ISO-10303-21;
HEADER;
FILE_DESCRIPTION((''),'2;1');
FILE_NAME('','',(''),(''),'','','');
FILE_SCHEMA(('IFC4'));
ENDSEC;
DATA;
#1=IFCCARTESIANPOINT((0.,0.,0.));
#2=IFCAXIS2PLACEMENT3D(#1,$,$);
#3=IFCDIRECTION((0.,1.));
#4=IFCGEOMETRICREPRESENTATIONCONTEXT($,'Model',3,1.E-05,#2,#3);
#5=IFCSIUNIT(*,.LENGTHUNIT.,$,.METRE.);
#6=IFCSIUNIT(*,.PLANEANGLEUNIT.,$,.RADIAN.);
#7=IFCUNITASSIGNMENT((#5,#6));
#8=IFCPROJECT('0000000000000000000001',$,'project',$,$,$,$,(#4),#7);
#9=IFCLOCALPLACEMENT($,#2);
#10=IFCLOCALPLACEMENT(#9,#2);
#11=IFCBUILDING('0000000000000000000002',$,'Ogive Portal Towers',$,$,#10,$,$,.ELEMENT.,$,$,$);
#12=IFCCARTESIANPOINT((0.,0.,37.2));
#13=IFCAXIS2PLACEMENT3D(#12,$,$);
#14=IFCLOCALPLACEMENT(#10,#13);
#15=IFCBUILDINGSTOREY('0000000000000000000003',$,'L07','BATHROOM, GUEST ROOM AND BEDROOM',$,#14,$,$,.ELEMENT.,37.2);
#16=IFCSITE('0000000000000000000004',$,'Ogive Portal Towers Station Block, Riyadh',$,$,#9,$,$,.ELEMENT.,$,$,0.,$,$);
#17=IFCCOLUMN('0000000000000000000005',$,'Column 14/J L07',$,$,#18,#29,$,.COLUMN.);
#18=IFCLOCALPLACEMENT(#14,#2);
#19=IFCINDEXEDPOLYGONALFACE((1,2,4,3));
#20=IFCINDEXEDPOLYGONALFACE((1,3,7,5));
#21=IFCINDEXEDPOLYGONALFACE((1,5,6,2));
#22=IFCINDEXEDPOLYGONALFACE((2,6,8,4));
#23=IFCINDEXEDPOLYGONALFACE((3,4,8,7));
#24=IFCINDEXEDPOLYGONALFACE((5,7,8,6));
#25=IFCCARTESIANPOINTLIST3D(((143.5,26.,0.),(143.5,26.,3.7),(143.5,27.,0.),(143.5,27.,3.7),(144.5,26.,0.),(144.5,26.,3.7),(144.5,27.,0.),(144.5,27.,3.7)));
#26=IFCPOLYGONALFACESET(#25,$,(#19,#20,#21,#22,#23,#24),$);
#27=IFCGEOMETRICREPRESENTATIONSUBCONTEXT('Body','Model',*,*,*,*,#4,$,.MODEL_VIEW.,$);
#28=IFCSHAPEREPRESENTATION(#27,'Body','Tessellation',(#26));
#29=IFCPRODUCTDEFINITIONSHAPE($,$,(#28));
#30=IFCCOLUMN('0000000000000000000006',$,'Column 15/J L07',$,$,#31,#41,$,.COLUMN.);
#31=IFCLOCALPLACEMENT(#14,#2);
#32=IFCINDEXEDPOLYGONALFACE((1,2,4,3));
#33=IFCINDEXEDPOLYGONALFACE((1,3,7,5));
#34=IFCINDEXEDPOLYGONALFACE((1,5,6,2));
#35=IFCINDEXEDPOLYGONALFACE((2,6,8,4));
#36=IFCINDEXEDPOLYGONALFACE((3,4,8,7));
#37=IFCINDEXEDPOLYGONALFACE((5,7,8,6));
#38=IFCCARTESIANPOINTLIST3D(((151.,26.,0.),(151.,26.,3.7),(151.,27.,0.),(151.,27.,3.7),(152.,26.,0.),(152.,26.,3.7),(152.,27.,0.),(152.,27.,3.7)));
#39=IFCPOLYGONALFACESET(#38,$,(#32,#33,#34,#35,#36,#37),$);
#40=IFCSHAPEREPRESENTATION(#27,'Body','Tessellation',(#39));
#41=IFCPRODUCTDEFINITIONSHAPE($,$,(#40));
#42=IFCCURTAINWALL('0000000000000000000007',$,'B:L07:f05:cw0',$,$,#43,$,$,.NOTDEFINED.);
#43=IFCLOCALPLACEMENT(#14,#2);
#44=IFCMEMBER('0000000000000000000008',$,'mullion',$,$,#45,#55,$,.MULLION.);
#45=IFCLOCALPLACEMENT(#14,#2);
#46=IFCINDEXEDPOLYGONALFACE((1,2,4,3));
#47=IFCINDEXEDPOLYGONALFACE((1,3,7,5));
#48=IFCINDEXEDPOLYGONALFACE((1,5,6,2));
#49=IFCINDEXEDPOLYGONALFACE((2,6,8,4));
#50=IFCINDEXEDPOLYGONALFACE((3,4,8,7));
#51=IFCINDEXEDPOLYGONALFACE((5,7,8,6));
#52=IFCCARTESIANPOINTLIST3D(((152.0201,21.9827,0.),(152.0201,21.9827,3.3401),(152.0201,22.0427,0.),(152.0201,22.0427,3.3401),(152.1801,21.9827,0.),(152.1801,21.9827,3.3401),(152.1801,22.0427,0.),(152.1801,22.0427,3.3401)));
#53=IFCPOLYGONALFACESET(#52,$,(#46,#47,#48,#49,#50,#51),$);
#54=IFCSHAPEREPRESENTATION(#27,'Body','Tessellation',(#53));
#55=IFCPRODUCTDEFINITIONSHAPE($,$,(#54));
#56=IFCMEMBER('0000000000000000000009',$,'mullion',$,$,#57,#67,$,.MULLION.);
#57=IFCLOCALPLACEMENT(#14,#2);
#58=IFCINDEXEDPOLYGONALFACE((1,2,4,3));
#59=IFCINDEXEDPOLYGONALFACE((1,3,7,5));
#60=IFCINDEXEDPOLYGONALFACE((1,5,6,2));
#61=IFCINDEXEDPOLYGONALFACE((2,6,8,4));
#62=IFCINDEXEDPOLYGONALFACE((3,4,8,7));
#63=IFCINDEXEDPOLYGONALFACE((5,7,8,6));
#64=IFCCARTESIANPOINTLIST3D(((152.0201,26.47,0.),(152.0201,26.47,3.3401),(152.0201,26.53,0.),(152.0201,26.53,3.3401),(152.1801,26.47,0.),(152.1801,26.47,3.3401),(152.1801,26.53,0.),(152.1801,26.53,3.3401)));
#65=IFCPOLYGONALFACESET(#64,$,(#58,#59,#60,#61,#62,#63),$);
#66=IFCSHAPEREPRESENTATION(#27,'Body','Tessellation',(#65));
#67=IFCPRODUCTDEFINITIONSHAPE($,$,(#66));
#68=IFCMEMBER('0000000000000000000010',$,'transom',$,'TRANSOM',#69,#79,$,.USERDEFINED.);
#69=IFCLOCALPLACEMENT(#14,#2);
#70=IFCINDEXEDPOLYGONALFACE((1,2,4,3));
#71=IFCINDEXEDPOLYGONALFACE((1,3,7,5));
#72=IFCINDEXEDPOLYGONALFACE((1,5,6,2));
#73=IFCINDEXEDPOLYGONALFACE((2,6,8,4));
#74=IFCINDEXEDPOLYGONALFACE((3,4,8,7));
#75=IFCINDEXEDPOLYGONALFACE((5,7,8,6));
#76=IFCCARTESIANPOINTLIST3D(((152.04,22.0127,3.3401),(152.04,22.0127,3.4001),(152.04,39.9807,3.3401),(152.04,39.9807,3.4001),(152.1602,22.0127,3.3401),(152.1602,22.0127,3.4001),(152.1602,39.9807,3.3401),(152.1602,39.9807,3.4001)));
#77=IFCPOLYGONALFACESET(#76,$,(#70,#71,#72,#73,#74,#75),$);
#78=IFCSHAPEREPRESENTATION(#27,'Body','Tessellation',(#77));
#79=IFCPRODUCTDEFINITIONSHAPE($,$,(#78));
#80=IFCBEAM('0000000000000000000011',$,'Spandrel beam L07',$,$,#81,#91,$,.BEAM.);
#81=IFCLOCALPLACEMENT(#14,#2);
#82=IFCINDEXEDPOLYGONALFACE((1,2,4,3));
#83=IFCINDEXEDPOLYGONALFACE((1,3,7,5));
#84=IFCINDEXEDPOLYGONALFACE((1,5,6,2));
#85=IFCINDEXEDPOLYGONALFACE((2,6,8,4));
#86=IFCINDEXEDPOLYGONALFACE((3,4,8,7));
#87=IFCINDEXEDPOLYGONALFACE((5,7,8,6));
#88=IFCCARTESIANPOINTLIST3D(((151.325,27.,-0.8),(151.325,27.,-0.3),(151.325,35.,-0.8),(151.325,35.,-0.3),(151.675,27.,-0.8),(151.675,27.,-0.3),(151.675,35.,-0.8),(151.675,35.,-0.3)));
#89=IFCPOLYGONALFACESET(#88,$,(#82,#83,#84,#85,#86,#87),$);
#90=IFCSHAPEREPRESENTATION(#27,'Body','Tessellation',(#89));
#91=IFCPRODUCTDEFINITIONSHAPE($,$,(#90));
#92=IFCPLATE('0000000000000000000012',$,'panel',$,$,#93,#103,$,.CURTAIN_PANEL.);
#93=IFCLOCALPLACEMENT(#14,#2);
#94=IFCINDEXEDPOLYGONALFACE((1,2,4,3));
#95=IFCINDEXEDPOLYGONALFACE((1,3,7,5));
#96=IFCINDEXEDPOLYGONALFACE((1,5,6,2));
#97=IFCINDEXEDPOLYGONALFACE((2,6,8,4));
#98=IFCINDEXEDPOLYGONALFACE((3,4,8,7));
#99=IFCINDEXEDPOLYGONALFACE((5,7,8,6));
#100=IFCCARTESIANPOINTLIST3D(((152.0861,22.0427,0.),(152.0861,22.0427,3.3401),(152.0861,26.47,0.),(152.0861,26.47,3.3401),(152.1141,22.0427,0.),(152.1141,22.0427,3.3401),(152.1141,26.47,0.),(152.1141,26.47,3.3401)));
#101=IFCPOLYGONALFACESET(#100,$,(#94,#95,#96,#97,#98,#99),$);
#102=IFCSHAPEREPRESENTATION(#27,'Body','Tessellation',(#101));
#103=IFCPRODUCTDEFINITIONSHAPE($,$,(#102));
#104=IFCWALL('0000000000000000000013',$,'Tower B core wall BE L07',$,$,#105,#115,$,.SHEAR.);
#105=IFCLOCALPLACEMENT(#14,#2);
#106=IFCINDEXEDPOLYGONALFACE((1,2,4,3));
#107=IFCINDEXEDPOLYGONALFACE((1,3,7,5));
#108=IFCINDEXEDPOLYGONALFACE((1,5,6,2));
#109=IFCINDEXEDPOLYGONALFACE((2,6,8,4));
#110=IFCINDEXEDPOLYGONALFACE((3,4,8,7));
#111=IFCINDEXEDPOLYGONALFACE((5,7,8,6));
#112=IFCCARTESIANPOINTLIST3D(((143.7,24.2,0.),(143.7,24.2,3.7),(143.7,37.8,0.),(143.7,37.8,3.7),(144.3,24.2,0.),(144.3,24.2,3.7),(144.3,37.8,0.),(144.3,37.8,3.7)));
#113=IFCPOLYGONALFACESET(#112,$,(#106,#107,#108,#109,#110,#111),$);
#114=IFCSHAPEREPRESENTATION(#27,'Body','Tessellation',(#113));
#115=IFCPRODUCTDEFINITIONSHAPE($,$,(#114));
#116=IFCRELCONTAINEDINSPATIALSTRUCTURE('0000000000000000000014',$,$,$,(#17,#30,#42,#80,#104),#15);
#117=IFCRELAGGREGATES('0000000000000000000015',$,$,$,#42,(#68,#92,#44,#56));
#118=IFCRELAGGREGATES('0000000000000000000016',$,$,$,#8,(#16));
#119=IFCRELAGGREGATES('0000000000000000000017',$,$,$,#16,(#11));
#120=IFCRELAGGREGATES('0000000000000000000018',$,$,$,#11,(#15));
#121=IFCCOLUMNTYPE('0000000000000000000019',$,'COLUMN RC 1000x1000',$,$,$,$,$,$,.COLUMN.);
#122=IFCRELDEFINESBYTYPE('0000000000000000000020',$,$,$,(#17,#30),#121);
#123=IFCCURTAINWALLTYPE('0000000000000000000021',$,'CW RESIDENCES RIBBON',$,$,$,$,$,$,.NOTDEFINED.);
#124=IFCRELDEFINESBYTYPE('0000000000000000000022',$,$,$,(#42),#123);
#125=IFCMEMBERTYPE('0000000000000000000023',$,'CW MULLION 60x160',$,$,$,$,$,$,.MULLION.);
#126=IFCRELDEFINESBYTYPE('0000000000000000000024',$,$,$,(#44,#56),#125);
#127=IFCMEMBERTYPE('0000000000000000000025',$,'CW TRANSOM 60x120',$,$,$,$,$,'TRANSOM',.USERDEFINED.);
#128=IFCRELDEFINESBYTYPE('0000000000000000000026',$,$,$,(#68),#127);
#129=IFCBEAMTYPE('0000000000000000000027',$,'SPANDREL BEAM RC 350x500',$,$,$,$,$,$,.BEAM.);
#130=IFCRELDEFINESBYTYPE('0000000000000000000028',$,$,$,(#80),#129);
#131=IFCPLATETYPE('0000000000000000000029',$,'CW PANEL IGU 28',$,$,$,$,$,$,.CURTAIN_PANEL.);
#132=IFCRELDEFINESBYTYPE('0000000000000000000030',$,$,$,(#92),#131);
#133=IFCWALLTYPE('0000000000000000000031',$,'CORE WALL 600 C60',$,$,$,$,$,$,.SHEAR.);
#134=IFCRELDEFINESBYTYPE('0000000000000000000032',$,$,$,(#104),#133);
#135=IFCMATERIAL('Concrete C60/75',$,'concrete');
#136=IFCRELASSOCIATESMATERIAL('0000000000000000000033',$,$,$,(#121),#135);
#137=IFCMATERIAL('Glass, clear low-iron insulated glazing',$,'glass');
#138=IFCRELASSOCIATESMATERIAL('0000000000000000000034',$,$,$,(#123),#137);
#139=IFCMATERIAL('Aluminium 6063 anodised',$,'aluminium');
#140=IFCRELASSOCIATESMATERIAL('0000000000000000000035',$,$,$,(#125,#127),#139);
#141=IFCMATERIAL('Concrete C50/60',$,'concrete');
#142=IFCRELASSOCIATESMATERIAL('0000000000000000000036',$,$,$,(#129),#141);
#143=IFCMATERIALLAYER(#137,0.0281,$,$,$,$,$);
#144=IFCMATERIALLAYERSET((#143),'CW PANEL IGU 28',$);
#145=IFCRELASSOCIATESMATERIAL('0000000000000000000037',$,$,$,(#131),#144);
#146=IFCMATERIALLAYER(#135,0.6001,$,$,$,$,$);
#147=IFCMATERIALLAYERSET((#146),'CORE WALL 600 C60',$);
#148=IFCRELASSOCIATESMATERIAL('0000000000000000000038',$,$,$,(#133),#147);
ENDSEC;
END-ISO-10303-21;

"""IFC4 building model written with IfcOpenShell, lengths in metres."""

from ifc_helpers import new_model, si_unit, direction, frame, frame_2d, origin, origin_2d, place, context, subcontext, project, spatial, rectangle, extrude, material, layer, layer_set, material_profile, profile_set, type_object, element, aggregate, save


model = new_model("IFC4")

# Units and contexts
model_context = context("Model", 3, precision=1e-05, world=origin(), true_north=direction((0.0, 1.0)))
body_context = subcontext(model_context, "Body", "Model", "MODEL_VIEW")
ifc_project = project(units=[si_unit("LENGTHUNIT", "METRE"), si_unit("PLANEANGLEUNIT", "RADIAN")], contexts=[model_context])

# Site, building, storey
site_placement = place(None, origin())
site = spatial("IfcSite", under=ifc_project, at=site_placement, Name="Ogive Portal Towers Station Block, Riyadh", CompositionType="ELEMENT", RefElevation=0.0)
building_placement = place(site_placement, origin())
building = spatial("IfcBuilding", under=site, at=building_placement, Name="Ogive Portal Towers", CompositionType="ELEMENT")
storey_placement = place(building_placement, frame((0.0, 0.0, 37.2)))
storey = spatial("IfcBuildingStorey", under=building, at=storey_placement, Name="L07", Description="BATHROOM, GUEST ROOM AND BEDROOM", CompositionType="ELEMENT", Elevation=37.2)

# Columns
ifc_material_1 = material(Name="Concrete C60/75", Category="concrete")
ifc_material_profile_1 = material_profile(ifc_material_1, rectangle(XDim=1.0, YDim=1.0, at=origin_2d()), Name="RC 1000x1000")
ifc_profile_set_1 = profile_set([ifc_material_profile_1], Name="Concrete C60/75")
column_type = type_object("IfcColumnType", Name="COLUMN RC 1000x1000", PredefinedType="COLUMN", material=ifc_profile_set_1)
for number, where, z_axis, x_axis, name in (
    (1, (144.0, 26.5, 0.0), (0.0, 0.0, 1.0), (1.0, 0.0, 0.0), "Column 14/J L07"),
    (2, (151.5, 26.5, 0.0), (0.0, 0.0, 1.0), (1.0, 0.0, 0.0), "Column 15/J L07"),
):
    element("IfcColumn", number, at=place(storey_placement, frame(where, z_axis=z_axis, x_axis=x_axis)), inside=storey, type_object=column_type, Name=name, PredefinedType="COLUMN", context=body_context, shape_type="SweptSolid", body=[
        extrude(rectangle(XDim=1.0, YDim=1.0, at=origin_2d()), origin(), (0.0, 0.0, 1.0), 3.7),
    ])

# Curtain wall, members
ifc_material_2 = material(Name="Glass, clear low-iron insulated glazing", Category="glass")
curtain_wall_type = type_object("IfcCurtainWallType", Name="CW RESIDENCES RIBBON", PredefinedType="NOTDEFINED", material=ifc_material_2)
curtain_wall_placement = place(storey_placement, origin())
curtain_wall = element("IfcCurtainWall", 3, at=curtain_wall_placement, inside=storey, type_object=curtain_wall_type, Name="B:L07:f05:cw0", PredefinedType="NOTDEFINED")
ifc_material_3 = material(Name="Aluminium 6063 anodised", Category="aluminium")
ifc_material_profile_2 = material_profile(ifc_material_3, rectangle(XDim=0.1599, YDim=0.0601, at=origin_2d()), Name="AL 60x160")
ifc_profile_set_2 = profile_set([ifc_material_profile_2], Name="Aluminium 6063 anodised")
member_type_1 = type_object("IfcMemberType", Name="CW MULLION 60x160", PredefinedType="MULLION", material=ifc_profile_set_2)
member_1_placement = place(storey_placement, frame((152.1001, 22.0127, 0.0), z_axis=(0.0, 0.0, 1.0), x_axis=(-1.0, 0.0, 0.0)))
member_1 = element("IfcMember", 4, at=member_1_placement, type_object=member_type_1, Name="mullion", PredefinedType="MULLION", context=body_context, shape_type="SweptSolid", body=[
    extrude(rectangle(XDim=0.1599, YDim=0.0601, at=origin_2d()), origin(), (0.0, 0.0, 1.0), 3.3401),
])
member_2_placement = place(storey_placement, frame((152.1001, 26.5, 0.0), z_axis=(0.0, 0.0, 1.0), x_axis=(-1.0, 0.0, 0.0)))
member_2 = element("IfcMember", 5, at=member_2_placement, type_object=member_type_1, Name="mullion", PredefinedType="MULLION", context=body_context, shape_type="SweptSolid", body=[
    extrude(rectangle(XDim=0.1599, YDim=0.0601, at=origin_2d()), origin(), (0.0, 0.0, 1.0), 3.3401),
])
ifc_material_profile_3 = material_profile(ifc_material_3, rectangle(XDim=0.1201, YDim=0.0601, at=origin_2d()), Name="AL 120x60")
ifc_profile_set_3 = profile_set([ifc_material_profile_3], Name="Aluminium 6063 anodised")
member_type_2 = type_object("IfcMemberType", Name="CW TRANSOM 60x120", ElementType="TRANSOM", PredefinedType="USERDEFINED", material=ifc_profile_set_3)
member_3_placement = place(storey_placement, frame((152.1001, 22.0127, 3.3701), z_axis=(0.0, 1.0, 0.0), x_axis=(-1.0, 0.0, 0.0)))
member_3 = element("IfcMember", 6, at=member_3_placement, type_object=member_type_2, Name="transom", ObjectType="TRANSOM", PredefinedType="USERDEFINED", context=body_context, shape_type="SweptSolid", body=[
    extrude(rectangle(XDim=0.1201, YDim=0.0601, at=origin_2d()), origin(), (0.0, 0.0, 1.0), 17.968),
])

# Beam
ifc_material_4 = material(Name="Concrete C50/60", Category="concrete")
ifc_material_profile_4 = material_profile(ifc_material_4, rectangle(XDim=0.3501, YDim=0.5, at=origin_2d()), Name="RC 350x500")
ifc_profile_set_4 = profile_set([ifc_material_profile_4], Name="Concrete C50/60")
beam_type = type_object("IfcBeamType", Name="SPANDREL BEAM RC 350x500", PredefinedType="BEAM", material=ifc_profile_set_4)
beam_placement = place(storey_placement, frame((151.5, 27.0, -0.55), z_axis=(0.0, 1.0, 0.0), x_axis=(-1.0, 0.0, 0.0)))
element("IfcBeam", 7, at=beam_placement, inside=storey, type_object=beam_type, Name="Spandrel beam L07", PredefinedType="BEAM", context=body_context, shape_type="SweptSolid", body=[
    extrude(rectangle(XDim=0.3501, YDim=0.5, at=origin_2d()), origin(), (0.0, 0.0, 1.0), 8.0),
])

# Plate
ifc_layer_1 = layer(ifc_material_2, 0.0281)
ifc_layer_set_1 = layer_set([ifc_layer_1], Name="CW PANEL IGU 28")
plate_type = type_object("IfcPlateType", Name="CW PANEL IGU 28", PredefinedType="CURTAIN_PANEL", material=ifc_layer_set_1)
plate_placement = place(storey_placement, frame((152.1001, 24.2563, 0.0), z_axis=(0.0, 0.0, 1.0), x_axis=(0.0, 1.0, 0.0)))
plate = element("IfcPlate", 8, at=plate_placement, type_object=plate_type, Name="panel", PredefinedType="CURTAIN_PANEL", context=body_context, shape_type="SweptSolid", body=[
    extrude(rectangle(XDim=4.4272, YDim=0.0281, at=origin_2d()), origin(), (0.0, 0.0, 1.0), 3.3401),
])
aggregate(curtain_wall, [member_3, plate, member_1, member_2])

# Wall
ifc_layer_2 = layer(ifc_material_1, 0.6001)
ifc_layer_set_2 = layer_set([ifc_layer_2], Name="CORE WALL 600 C60")
wall_type_1 = type_object("IfcWallType", Name="CORE WALL 600 C60", PredefinedType="SHEAR", material=ifc_layer_set_2)
wall_1_placement = place(storey_placement, frame((144.0, 24.2, 0.0), z_axis=(0.0, 0.0, 1.0), x_axis=(0.0, 1.0, 0.0)))
element("IfcWall", 9, at=wall_1_placement, inside=storey, type_object=wall_type_1, Name="Tower B core wall BE L07", PredefinedType="SHEAR", context=body_context, shape_type="SweptSolid", body=[
    extrude(rectangle(XDim=13.6001, YDim=0.6001, at=frame_2d((6.8, 0.0))), origin(), (0.0, 0.0, 1.0), 3.7),
])

save(model, "model.ifc")
